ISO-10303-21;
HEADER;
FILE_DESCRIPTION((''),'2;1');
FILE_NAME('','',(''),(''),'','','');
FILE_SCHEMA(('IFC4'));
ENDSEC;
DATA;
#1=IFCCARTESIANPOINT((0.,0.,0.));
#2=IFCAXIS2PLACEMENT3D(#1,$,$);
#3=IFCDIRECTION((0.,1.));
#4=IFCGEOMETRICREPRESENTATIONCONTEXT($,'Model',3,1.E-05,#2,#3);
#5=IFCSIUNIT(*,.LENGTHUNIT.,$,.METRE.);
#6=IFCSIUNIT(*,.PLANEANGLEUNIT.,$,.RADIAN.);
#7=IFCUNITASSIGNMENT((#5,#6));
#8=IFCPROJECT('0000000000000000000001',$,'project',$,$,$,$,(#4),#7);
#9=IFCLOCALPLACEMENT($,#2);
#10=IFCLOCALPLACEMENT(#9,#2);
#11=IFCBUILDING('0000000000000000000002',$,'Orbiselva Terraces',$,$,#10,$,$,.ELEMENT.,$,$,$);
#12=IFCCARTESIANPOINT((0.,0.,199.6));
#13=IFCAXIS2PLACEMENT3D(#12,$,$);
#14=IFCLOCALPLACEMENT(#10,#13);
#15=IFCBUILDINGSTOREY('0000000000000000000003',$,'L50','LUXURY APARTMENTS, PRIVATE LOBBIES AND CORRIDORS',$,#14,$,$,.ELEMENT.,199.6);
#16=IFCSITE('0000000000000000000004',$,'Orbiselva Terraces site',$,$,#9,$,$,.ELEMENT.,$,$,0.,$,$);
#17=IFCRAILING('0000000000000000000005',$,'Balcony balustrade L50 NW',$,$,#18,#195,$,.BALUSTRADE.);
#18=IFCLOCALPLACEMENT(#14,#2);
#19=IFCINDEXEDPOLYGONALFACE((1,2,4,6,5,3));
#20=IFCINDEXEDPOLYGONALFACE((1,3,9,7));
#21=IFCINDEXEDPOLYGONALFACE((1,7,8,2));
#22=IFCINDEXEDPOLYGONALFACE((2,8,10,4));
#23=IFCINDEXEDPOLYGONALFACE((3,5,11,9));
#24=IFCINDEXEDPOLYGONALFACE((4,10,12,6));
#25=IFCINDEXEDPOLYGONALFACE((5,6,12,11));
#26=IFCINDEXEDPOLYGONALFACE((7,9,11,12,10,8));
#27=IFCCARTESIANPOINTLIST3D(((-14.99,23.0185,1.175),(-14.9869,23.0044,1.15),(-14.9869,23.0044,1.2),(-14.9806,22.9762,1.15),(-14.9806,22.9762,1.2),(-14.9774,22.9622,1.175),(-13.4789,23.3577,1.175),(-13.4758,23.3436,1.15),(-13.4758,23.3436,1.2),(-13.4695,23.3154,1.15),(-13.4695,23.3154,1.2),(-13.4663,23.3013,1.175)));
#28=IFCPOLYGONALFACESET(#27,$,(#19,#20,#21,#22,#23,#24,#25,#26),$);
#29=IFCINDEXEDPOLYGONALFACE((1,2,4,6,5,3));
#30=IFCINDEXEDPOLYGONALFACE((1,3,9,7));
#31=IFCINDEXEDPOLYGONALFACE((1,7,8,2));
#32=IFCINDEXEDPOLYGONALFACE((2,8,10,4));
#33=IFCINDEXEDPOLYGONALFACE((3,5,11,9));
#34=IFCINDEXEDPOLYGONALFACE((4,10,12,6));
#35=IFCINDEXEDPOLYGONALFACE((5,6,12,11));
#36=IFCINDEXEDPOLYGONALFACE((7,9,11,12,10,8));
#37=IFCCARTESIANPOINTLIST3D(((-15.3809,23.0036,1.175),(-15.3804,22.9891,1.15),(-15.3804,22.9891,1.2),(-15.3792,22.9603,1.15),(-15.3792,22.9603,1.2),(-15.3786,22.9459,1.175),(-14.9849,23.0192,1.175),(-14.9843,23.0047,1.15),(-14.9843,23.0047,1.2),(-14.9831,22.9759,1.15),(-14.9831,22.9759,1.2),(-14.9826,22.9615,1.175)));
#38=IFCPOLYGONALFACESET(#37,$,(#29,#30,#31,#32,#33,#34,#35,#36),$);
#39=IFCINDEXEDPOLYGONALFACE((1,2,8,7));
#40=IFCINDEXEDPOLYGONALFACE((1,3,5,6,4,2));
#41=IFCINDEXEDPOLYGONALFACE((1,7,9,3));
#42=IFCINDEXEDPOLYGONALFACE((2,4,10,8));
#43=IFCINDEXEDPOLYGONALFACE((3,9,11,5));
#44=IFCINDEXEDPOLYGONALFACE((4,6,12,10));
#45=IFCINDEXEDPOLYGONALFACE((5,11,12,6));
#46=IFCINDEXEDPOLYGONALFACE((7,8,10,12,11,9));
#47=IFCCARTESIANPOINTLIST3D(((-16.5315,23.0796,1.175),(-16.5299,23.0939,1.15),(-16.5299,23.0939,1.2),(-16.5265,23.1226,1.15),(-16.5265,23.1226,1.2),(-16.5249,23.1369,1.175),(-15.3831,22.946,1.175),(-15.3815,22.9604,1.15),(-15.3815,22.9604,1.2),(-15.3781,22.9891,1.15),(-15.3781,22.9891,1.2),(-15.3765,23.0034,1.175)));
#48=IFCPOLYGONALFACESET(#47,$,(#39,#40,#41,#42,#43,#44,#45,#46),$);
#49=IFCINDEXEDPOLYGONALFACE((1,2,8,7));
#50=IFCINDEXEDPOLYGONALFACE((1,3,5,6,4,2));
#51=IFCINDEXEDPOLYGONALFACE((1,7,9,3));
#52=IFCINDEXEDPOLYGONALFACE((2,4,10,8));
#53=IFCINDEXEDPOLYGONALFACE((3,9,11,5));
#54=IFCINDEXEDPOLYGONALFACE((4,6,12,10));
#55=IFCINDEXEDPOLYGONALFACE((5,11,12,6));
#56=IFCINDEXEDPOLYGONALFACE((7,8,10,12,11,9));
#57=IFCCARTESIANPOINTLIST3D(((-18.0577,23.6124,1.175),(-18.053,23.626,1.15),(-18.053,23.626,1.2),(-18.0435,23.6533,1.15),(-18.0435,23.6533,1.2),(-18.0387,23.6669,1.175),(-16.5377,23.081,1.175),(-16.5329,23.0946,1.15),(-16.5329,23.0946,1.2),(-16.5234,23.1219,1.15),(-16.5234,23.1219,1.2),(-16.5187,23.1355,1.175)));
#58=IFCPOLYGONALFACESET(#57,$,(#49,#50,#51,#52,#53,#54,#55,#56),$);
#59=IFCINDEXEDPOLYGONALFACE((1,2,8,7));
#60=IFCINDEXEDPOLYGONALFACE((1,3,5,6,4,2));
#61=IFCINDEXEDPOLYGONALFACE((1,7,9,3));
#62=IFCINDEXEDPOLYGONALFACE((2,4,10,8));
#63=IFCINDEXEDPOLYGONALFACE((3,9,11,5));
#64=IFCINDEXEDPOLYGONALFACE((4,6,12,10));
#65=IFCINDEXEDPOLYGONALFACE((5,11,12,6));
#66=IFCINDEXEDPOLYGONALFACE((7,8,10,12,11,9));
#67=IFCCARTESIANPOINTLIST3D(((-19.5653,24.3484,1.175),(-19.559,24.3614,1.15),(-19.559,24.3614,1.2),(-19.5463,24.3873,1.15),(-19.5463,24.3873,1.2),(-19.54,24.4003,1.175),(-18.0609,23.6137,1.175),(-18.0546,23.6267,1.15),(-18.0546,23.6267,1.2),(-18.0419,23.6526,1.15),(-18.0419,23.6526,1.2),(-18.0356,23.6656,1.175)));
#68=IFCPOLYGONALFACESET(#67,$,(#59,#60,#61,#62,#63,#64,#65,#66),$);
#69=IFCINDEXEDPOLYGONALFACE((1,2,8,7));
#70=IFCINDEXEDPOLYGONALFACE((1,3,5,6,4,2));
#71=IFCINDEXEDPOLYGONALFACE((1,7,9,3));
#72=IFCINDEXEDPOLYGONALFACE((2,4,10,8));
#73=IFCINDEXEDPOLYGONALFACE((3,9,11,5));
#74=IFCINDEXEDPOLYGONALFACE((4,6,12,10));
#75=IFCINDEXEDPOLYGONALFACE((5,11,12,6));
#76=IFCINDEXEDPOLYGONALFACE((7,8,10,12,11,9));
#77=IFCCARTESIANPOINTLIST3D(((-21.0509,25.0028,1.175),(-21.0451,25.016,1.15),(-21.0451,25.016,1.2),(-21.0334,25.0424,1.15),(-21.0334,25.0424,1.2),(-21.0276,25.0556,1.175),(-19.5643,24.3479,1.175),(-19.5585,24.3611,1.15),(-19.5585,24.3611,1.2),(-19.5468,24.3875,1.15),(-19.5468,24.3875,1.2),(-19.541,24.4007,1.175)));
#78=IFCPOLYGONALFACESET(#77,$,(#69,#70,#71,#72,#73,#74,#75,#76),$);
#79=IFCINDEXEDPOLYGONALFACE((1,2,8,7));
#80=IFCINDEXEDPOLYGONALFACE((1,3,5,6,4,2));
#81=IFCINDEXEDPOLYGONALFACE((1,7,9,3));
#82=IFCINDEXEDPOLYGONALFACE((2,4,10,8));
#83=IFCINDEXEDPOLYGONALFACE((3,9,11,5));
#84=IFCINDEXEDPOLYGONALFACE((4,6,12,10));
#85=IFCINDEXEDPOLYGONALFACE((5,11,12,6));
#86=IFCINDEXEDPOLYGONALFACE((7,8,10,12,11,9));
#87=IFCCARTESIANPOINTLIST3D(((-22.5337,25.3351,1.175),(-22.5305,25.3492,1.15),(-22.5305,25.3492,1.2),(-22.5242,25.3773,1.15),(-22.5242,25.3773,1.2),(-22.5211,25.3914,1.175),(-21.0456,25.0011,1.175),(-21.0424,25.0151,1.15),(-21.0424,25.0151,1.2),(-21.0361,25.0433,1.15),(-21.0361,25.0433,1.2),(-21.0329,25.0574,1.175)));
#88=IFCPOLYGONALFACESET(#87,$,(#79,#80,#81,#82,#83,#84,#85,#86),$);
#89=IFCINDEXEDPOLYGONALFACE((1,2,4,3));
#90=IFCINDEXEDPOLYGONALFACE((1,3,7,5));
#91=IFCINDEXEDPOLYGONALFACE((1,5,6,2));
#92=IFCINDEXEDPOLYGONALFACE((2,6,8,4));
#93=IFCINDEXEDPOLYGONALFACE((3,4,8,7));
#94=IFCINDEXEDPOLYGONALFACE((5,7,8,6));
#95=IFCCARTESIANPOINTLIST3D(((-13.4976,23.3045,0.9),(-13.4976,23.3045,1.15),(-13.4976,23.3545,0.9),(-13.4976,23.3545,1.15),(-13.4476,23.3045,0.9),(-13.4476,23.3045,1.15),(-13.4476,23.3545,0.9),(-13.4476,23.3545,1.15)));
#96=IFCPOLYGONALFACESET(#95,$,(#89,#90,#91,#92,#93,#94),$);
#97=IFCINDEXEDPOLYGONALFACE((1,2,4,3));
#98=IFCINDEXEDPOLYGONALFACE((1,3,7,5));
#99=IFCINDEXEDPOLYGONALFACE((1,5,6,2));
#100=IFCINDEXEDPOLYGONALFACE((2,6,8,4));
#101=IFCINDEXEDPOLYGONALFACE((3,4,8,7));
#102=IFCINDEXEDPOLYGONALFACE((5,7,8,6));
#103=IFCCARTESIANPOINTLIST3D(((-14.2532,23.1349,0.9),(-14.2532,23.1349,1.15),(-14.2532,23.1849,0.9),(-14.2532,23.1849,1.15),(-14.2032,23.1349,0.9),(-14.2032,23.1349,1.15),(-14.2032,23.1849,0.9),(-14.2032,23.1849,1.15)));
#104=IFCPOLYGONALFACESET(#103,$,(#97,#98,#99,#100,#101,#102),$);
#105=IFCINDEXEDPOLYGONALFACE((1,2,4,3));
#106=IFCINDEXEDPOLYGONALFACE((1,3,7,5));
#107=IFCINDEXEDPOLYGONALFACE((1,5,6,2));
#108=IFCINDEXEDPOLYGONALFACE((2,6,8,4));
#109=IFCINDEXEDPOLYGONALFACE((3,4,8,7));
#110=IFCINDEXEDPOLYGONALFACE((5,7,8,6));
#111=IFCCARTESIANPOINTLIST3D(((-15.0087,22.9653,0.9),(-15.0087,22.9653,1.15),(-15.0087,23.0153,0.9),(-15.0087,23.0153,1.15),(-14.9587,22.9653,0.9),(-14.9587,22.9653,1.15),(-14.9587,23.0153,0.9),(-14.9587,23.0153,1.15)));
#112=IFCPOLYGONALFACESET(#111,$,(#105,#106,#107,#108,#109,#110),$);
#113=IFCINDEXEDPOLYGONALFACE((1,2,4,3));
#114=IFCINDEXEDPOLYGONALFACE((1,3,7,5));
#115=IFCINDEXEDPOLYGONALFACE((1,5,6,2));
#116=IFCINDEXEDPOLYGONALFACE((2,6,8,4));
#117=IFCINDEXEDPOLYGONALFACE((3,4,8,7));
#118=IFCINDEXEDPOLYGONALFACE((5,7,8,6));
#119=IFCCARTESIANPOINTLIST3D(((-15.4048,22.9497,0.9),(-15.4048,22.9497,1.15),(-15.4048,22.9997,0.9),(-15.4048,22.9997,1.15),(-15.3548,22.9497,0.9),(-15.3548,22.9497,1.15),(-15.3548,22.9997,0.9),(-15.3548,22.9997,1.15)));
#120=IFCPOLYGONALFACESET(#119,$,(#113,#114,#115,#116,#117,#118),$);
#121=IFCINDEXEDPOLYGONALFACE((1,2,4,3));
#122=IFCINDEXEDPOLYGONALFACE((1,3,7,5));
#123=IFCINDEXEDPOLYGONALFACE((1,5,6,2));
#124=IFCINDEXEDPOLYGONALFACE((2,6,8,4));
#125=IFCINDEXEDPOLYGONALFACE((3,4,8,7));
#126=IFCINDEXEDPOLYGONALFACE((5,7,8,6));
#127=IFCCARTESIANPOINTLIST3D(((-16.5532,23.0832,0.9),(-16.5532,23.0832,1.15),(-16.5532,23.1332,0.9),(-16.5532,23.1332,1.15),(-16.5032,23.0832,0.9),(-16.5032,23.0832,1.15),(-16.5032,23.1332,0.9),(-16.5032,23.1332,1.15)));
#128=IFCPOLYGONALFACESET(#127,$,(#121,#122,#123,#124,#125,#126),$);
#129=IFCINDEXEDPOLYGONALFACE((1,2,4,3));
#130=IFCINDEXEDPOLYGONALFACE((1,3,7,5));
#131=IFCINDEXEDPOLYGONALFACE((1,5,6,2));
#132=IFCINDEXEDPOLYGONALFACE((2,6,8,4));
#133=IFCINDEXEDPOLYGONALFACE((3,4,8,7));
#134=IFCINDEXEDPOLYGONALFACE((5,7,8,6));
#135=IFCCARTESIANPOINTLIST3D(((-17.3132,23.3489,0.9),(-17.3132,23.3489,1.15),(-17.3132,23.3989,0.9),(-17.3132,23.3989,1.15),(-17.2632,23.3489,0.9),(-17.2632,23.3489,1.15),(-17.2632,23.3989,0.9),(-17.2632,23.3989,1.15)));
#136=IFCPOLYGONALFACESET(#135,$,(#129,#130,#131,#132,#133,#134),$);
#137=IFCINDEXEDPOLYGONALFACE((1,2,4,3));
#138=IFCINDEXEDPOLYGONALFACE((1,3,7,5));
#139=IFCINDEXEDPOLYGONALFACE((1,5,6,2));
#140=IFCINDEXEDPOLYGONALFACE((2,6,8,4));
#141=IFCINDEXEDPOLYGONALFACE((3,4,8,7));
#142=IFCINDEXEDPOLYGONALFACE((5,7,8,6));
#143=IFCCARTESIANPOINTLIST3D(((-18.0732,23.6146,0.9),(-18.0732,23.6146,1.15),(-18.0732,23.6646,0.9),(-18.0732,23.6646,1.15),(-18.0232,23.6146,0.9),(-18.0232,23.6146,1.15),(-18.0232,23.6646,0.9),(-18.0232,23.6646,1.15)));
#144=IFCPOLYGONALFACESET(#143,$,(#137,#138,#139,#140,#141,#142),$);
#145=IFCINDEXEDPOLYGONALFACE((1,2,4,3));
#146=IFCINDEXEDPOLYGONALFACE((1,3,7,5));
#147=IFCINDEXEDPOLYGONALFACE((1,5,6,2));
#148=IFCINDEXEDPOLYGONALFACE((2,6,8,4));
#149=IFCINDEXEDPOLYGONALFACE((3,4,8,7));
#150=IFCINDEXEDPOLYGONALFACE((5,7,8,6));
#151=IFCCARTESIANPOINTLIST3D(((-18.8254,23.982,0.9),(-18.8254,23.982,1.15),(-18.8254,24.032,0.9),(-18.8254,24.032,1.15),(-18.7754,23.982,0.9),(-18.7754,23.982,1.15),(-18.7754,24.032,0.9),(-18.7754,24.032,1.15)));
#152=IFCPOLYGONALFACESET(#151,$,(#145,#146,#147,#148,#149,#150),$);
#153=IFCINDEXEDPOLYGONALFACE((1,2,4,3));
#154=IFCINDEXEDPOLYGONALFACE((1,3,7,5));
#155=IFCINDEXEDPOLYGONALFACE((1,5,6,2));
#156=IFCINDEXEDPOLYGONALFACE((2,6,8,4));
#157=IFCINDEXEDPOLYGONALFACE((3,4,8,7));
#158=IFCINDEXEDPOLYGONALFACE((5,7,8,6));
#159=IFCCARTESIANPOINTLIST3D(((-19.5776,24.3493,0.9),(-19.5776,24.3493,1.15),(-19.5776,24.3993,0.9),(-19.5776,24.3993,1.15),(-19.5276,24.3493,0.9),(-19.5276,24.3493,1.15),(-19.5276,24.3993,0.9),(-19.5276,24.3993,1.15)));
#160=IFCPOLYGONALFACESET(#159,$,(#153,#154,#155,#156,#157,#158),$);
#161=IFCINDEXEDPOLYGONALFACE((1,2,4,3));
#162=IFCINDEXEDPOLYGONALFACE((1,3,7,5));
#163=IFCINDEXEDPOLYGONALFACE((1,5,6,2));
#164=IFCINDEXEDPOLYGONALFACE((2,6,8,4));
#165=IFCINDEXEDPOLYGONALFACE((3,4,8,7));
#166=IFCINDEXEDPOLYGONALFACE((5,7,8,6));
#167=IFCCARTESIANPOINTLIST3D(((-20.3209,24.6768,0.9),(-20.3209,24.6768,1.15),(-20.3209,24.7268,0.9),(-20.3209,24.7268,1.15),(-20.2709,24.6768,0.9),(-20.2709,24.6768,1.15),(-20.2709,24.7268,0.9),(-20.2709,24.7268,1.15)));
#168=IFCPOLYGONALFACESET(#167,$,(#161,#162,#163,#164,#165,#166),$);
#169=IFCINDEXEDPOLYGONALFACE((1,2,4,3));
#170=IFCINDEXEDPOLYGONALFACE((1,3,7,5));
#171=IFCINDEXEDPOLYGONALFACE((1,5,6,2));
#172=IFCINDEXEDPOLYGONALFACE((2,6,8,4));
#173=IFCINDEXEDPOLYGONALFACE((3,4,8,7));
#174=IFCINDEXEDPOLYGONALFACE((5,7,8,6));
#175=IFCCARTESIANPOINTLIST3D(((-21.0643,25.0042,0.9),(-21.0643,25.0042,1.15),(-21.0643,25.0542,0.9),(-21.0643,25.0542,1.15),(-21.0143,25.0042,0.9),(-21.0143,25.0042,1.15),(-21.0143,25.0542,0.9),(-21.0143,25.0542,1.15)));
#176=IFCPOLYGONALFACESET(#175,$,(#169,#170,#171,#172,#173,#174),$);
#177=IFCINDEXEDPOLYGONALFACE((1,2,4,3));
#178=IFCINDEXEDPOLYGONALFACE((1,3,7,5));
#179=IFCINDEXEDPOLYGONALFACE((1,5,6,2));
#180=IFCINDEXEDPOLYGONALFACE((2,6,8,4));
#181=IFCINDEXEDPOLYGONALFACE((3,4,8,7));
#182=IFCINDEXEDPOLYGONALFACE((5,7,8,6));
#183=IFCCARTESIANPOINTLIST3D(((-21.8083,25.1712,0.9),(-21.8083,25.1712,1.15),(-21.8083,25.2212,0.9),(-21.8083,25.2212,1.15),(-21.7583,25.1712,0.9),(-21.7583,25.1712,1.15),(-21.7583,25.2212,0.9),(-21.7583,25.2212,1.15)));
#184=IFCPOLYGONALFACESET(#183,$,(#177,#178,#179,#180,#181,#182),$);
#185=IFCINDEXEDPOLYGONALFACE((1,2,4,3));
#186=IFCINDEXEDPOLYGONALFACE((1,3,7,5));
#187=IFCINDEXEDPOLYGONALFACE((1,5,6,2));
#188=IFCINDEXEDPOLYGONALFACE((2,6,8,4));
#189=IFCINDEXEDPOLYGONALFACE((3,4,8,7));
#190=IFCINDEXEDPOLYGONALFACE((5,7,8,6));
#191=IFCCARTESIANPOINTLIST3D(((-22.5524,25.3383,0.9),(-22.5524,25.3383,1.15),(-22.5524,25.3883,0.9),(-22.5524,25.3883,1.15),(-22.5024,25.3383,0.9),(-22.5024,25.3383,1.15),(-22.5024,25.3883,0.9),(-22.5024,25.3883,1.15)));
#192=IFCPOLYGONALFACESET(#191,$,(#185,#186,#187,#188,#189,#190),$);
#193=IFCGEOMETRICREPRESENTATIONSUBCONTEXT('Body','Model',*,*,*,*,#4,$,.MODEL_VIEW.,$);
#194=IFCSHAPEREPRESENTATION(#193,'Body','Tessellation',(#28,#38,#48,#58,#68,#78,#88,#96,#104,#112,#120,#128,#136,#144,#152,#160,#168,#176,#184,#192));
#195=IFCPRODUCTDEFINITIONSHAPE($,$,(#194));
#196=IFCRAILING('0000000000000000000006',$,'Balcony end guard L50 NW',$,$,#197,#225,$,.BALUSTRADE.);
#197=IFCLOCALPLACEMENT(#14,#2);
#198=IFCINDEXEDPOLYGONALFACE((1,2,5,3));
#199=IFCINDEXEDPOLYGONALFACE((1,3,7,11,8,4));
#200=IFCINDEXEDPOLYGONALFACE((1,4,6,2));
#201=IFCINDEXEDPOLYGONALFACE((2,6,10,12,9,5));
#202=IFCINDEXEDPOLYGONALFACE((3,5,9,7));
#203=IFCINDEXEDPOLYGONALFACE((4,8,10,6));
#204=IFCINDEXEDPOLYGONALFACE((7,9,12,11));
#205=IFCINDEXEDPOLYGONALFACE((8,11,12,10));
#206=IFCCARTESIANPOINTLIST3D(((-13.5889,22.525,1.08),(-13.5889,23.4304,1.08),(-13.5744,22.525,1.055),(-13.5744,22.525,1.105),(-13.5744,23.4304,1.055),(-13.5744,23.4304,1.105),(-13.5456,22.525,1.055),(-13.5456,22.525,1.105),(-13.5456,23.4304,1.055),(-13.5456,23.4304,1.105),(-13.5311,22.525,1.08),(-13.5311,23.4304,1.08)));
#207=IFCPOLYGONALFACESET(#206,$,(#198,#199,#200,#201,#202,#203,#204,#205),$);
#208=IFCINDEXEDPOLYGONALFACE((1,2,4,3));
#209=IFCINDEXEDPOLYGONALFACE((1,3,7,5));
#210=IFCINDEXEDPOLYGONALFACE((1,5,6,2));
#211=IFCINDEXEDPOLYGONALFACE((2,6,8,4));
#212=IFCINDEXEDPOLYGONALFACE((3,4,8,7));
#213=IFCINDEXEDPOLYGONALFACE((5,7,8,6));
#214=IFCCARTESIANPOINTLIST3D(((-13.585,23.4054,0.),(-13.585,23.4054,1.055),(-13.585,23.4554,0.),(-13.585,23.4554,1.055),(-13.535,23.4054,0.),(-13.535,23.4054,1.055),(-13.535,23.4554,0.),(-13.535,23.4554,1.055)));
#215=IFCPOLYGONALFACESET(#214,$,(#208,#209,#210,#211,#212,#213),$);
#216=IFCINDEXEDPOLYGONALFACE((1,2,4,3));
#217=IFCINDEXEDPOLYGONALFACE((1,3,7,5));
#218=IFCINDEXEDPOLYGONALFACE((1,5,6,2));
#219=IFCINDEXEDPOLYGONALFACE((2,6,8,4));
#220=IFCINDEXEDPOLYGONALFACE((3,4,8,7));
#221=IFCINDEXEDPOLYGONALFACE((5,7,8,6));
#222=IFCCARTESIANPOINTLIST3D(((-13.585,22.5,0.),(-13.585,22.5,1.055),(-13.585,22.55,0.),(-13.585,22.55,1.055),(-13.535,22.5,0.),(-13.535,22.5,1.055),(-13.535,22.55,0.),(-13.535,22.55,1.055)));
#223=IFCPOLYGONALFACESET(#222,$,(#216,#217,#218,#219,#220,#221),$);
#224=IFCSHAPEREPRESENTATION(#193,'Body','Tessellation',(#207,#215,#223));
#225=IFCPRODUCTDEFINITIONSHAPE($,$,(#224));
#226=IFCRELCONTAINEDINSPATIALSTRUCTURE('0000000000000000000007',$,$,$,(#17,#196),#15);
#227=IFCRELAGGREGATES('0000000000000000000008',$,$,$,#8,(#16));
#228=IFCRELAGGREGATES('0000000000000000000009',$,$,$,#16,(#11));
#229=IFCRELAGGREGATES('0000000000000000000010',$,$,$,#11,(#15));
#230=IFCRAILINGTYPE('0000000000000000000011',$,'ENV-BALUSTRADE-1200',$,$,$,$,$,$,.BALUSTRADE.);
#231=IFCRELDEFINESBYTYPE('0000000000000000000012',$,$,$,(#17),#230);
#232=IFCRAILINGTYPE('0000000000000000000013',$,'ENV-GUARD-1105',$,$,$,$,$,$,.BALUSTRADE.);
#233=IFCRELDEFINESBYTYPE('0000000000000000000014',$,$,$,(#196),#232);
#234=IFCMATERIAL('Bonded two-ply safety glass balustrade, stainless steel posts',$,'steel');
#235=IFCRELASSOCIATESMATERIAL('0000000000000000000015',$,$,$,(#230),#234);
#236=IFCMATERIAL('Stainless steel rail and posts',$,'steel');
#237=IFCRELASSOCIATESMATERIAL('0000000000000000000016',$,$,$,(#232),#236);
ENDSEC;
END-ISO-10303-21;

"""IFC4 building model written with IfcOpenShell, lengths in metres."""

from ifc_helpers import new_model, si_unit, direction, frame, origin, origin_2d, place, context, subcontext, project, spatial, polyline, rectangle, outline, extrude, material, type_object, element, save


model = new_model("IFC4")

# Units and contexts
model_context = context("Model", 3, precision=1e-05, world=origin(), true_north=direction((0.0, 1.0)))
body_context = subcontext(model_context, "Body", "Model", "MODEL_VIEW")
ifc_project = project(units=[si_unit("LENGTHUNIT", "METRE"), si_unit("PLANEANGLEUNIT", "RADIAN")], contexts=[model_context])

# Site, building, storey
site_placement = place(None, origin())
site = spatial("IfcSite", under=ifc_project, at=site_placement, Name="Orbiselva Terraces site", CompositionType="ELEMENT", RefElevation=0.0)
building_placement = place(site_placement, origin())
building = spatial("IfcBuilding", under=site, at=building_placement, Name="Orbiselva Terraces", CompositionType="ELEMENT")
storey_placement = place(building_placement, frame((0.0, 0.0, 199.6)))
storey = spatial("IfcBuildingStorey", under=building, at=storey_placement, Name="L50", Description="LUXURY APARTMENTS, PRIVATE LOBBIES AND CORRIDORS", CompositionType="ELEMENT", Elevation=199.6)

# Railings
ifc_material_1 = material(Name="Bonded two-ply safety glass balustrade, stainless steel posts", Category="steel")
railing_type_1 = type_object("IfcRailingType", Name="ENV-BALUSTRADE-1200", PredefinedType="BALUSTRADE", material=ifc_material_1)
railing_1_placement = place(storey_placement, frame((-13.4726, 23.3295, 0.9)))
element("IfcRailing", 1, at=railing_1_placement, inside=storey, type_object=railing_type_1, Name="Balcony balustrade L50 NW", PredefinedType="BALUSTRADE", context=body_context, shape_type="SweptSolid", body=[
    extrude(outline(polyline([(0.0289, 0.0), (0.0144, 0.025), (-0.0144, 0.025), (-0.0289, 0.0), (-0.0144, -0.025), (0.0144, -0.025), (0.0289, 0.0)])), frame((0.0, 0.0, 0.275), z_axis=(-0.975721, -0.219015, 0.0), x_axis=(0.219015, -0.975721, 0.0)), (0.0, 0.0, 1.0), 1.5487),
    extrude(outline(polyline([(0.0289, 0.0), (0.0144, 0.025), (-0.0144, 0.025), (-0.0289, 0.0), (-0.0144, -0.025), (0.0144, -0.025), (0.0289, 0.0)])), frame((-1.5111, -0.3392, 0.275), z_axis=(-0.999225, -0.039369, 0.0), x_axis=(0.039369, -0.999225, 0.0)), (0.0, 0.0, 1.0), 0.3964),
    extrude(outline(polyline([(0.0289, 0.0), (0.0144, 0.025), (-0.0144, 0.025), (-0.0289, 0.0), (-0.0144, -0.025), (0.0144, -0.025), (0.0289, 0.0)])), frame((-1.9072, -0.3548, 0.275), z_axis=(-0.99331, 0.115482, 0.0), x_axis=(-0.115482, -0.99331, 0.0)), (0.0, 0.0, 1.0), 1.1561),
    extrude(outline(polyline([(0.0289, 0.0), (0.0144, 0.025), (-0.0144, 0.025), (-0.0289, 0.0), (-0.0144, -0.025), (0.0144, -0.025), (0.0289, 0.0)])), frame((-3.0556, -0.2213, 0.275), z_axis=(-0.943972, 0.330025, 0.0), x_axis=(-0.330025, -0.943972, 0.0)), (0.0, 0.0, 1.0), 1.6103),
    extrude(outline(polyline([(0.0289, 0.0), (0.0144, 0.025), (-0.0144, 0.025), (-0.0289, 0.0), (-0.0144, -0.025), (0.0144, -0.025), (0.0289, 0.0)])), frame((-4.5756, 0.3101, 0.275), z_axis=(-0.898579, 0.438812, 0.0), x_axis=(-0.438812, -0.898579, 0.0)), (0.0, 0.0, 1.0), 1.6742),
    extrude(outline(polyline([(0.0289, 0.0), (0.0144, 0.025), (-0.0144, 0.025), (-0.0289, 0.0), (-0.0144, -0.025), (0.0144, -0.025), (0.0289, 0.0)])), frame((-6.08, 1.0448, 0.275), z_axis=(-0.915133, 0.403151, 0.0), x_axis=(-0.403151, -0.915133, 0.0)), (0.0, 0.0, 1.0), 1.6245),
    extrude(outline(polyline([(0.0289, 0.0), (0.0144, 0.025), (-0.0144, 0.025), (-0.0289, 0.0), (-0.0144, -0.025), (0.0144, -0.025), (0.0289, 0.0)])), frame((-7.5666, 1.6997, 0.275), z_axis=(-0.975721, 0.219016, 0.0), x_axis=(-0.219016, -0.975721, 0.0)), (0.0, 0.0, 1.0), 1.5252),
    extrude(rectangle(XDim=0.05, YDim=0.05, at=origin_2d()), origin(), (0.0, 0.0, 1.0), 0.25),
    extrude(rectangle(XDim=0.05, YDim=0.05, at=origin_2d()), frame((-0.7555, -0.1696, 0.0)), (0.0, 0.0, 1.0), 0.25),
    extrude(rectangle(XDim=0.05, YDim=0.05, at=origin_2d()), frame((-1.5111, -0.3392, 0.0)), (0.0, 0.0, 1.0), 0.25),
    extrude(rectangle(XDim=0.05, YDim=0.05, at=origin_2d()), frame((-1.9072, -0.3548, 0.0)), (0.0, 0.0, 1.0), 0.25),
    extrude(rectangle(XDim=0.05, YDim=0.05, at=origin_2d()), frame((-3.0556, -0.2213, 0.0)), (0.0, 0.0, 1.0), 0.25),
    extrude(rectangle(XDim=0.05, YDim=0.05, at=origin_2d()), frame((-3.8156, 0.0444, 0.0)), (0.0, 0.0, 1.0), 0.25),
    extrude(rectangle(XDim=0.05, YDim=0.05, at=origin_2d()), frame((-4.5756, 0.3101, 0.0)), (0.0, 0.0, 1.0), 0.25),
    extrude(rectangle(XDim=0.05, YDim=0.05, at=origin_2d()), frame((-5.3278, 0.6775, 0.0)), (0.0, 0.0, 1.0), 0.25),
    extrude(rectangle(XDim=0.05, YDim=0.05, at=origin_2d()), frame((-6.08, 1.0448, 0.0)), (0.0, 0.0, 1.0), 0.25),
    extrude(rectangle(XDim=0.05, YDim=0.05, at=origin_2d()), frame((-6.8233, 1.3723, 0.0)), (0.0, 0.0, 1.0), 0.25),
    extrude(rectangle(XDim=0.05, YDim=0.05, at=origin_2d()), frame((-7.5666, 1.6997, 0.0)), (0.0, 0.0, 1.0), 0.25),
    extrude(rectangle(XDim=0.05, YDim=0.05, at=origin_2d()), frame((-8.3107, 1.8667, 0.0)), (0.0, 0.0, 1.0), 0.25),
    extrude(rectangle(XDim=0.05, YDim=0.05, at=origin_2d()), frame((-9.0548, 2.0338, 0.0)), (0.0, 0.0, 1.0), 0.25),
])
ifc_material_2 = material(Name="Stainless steel rail and posts", Category="steel")
railing_type_2 = type_object("IfcRailingType", Name="ENV-GUARD-1105", PredefinedType="BALUSTRADE", material=ifc_material_2)
railing_2_placement = place(storey_placement, frame((-13.56, 23.4304, 0.0)))
element("IfcRailing", 2, at=railing_2_placement, inside=storey, type_object=railing_type_2, Name="Balcony end guard L50 NW", PredefinedType="BALUSTRADE", context=body_context, shape_type="SweptSolid", body=[
    extrude(outline(polyline([(0.0289, 0.0), (0.0144, 0.025), (-0.0144, 0.025), (-0.0289, 0.0), (-0.0144, -0.025), (0.0144, -0.025), (0.0289, 0.0)])), frame((0.0, 0.0, 1.08), z_axis=(0.0, -1.0, 0.0), x_axis=(1.0, 0.0, 0.0)), (0.0, 0.0, 1.0), 0.9054),
    extrude(rectangle(XDim=0.05, YDim=0.05, at=origin_2d()), origin(), (0.0, 0.0, 1.0), 1.055),
    extrude(rectangle(XDim=0.05, YDim=0.05, at=origin_2d()), frame((0.0, -0.9054, 0.0)), (0.0, 0.0, 1.0), 1.055),
])

save(model, "model.ifc")
